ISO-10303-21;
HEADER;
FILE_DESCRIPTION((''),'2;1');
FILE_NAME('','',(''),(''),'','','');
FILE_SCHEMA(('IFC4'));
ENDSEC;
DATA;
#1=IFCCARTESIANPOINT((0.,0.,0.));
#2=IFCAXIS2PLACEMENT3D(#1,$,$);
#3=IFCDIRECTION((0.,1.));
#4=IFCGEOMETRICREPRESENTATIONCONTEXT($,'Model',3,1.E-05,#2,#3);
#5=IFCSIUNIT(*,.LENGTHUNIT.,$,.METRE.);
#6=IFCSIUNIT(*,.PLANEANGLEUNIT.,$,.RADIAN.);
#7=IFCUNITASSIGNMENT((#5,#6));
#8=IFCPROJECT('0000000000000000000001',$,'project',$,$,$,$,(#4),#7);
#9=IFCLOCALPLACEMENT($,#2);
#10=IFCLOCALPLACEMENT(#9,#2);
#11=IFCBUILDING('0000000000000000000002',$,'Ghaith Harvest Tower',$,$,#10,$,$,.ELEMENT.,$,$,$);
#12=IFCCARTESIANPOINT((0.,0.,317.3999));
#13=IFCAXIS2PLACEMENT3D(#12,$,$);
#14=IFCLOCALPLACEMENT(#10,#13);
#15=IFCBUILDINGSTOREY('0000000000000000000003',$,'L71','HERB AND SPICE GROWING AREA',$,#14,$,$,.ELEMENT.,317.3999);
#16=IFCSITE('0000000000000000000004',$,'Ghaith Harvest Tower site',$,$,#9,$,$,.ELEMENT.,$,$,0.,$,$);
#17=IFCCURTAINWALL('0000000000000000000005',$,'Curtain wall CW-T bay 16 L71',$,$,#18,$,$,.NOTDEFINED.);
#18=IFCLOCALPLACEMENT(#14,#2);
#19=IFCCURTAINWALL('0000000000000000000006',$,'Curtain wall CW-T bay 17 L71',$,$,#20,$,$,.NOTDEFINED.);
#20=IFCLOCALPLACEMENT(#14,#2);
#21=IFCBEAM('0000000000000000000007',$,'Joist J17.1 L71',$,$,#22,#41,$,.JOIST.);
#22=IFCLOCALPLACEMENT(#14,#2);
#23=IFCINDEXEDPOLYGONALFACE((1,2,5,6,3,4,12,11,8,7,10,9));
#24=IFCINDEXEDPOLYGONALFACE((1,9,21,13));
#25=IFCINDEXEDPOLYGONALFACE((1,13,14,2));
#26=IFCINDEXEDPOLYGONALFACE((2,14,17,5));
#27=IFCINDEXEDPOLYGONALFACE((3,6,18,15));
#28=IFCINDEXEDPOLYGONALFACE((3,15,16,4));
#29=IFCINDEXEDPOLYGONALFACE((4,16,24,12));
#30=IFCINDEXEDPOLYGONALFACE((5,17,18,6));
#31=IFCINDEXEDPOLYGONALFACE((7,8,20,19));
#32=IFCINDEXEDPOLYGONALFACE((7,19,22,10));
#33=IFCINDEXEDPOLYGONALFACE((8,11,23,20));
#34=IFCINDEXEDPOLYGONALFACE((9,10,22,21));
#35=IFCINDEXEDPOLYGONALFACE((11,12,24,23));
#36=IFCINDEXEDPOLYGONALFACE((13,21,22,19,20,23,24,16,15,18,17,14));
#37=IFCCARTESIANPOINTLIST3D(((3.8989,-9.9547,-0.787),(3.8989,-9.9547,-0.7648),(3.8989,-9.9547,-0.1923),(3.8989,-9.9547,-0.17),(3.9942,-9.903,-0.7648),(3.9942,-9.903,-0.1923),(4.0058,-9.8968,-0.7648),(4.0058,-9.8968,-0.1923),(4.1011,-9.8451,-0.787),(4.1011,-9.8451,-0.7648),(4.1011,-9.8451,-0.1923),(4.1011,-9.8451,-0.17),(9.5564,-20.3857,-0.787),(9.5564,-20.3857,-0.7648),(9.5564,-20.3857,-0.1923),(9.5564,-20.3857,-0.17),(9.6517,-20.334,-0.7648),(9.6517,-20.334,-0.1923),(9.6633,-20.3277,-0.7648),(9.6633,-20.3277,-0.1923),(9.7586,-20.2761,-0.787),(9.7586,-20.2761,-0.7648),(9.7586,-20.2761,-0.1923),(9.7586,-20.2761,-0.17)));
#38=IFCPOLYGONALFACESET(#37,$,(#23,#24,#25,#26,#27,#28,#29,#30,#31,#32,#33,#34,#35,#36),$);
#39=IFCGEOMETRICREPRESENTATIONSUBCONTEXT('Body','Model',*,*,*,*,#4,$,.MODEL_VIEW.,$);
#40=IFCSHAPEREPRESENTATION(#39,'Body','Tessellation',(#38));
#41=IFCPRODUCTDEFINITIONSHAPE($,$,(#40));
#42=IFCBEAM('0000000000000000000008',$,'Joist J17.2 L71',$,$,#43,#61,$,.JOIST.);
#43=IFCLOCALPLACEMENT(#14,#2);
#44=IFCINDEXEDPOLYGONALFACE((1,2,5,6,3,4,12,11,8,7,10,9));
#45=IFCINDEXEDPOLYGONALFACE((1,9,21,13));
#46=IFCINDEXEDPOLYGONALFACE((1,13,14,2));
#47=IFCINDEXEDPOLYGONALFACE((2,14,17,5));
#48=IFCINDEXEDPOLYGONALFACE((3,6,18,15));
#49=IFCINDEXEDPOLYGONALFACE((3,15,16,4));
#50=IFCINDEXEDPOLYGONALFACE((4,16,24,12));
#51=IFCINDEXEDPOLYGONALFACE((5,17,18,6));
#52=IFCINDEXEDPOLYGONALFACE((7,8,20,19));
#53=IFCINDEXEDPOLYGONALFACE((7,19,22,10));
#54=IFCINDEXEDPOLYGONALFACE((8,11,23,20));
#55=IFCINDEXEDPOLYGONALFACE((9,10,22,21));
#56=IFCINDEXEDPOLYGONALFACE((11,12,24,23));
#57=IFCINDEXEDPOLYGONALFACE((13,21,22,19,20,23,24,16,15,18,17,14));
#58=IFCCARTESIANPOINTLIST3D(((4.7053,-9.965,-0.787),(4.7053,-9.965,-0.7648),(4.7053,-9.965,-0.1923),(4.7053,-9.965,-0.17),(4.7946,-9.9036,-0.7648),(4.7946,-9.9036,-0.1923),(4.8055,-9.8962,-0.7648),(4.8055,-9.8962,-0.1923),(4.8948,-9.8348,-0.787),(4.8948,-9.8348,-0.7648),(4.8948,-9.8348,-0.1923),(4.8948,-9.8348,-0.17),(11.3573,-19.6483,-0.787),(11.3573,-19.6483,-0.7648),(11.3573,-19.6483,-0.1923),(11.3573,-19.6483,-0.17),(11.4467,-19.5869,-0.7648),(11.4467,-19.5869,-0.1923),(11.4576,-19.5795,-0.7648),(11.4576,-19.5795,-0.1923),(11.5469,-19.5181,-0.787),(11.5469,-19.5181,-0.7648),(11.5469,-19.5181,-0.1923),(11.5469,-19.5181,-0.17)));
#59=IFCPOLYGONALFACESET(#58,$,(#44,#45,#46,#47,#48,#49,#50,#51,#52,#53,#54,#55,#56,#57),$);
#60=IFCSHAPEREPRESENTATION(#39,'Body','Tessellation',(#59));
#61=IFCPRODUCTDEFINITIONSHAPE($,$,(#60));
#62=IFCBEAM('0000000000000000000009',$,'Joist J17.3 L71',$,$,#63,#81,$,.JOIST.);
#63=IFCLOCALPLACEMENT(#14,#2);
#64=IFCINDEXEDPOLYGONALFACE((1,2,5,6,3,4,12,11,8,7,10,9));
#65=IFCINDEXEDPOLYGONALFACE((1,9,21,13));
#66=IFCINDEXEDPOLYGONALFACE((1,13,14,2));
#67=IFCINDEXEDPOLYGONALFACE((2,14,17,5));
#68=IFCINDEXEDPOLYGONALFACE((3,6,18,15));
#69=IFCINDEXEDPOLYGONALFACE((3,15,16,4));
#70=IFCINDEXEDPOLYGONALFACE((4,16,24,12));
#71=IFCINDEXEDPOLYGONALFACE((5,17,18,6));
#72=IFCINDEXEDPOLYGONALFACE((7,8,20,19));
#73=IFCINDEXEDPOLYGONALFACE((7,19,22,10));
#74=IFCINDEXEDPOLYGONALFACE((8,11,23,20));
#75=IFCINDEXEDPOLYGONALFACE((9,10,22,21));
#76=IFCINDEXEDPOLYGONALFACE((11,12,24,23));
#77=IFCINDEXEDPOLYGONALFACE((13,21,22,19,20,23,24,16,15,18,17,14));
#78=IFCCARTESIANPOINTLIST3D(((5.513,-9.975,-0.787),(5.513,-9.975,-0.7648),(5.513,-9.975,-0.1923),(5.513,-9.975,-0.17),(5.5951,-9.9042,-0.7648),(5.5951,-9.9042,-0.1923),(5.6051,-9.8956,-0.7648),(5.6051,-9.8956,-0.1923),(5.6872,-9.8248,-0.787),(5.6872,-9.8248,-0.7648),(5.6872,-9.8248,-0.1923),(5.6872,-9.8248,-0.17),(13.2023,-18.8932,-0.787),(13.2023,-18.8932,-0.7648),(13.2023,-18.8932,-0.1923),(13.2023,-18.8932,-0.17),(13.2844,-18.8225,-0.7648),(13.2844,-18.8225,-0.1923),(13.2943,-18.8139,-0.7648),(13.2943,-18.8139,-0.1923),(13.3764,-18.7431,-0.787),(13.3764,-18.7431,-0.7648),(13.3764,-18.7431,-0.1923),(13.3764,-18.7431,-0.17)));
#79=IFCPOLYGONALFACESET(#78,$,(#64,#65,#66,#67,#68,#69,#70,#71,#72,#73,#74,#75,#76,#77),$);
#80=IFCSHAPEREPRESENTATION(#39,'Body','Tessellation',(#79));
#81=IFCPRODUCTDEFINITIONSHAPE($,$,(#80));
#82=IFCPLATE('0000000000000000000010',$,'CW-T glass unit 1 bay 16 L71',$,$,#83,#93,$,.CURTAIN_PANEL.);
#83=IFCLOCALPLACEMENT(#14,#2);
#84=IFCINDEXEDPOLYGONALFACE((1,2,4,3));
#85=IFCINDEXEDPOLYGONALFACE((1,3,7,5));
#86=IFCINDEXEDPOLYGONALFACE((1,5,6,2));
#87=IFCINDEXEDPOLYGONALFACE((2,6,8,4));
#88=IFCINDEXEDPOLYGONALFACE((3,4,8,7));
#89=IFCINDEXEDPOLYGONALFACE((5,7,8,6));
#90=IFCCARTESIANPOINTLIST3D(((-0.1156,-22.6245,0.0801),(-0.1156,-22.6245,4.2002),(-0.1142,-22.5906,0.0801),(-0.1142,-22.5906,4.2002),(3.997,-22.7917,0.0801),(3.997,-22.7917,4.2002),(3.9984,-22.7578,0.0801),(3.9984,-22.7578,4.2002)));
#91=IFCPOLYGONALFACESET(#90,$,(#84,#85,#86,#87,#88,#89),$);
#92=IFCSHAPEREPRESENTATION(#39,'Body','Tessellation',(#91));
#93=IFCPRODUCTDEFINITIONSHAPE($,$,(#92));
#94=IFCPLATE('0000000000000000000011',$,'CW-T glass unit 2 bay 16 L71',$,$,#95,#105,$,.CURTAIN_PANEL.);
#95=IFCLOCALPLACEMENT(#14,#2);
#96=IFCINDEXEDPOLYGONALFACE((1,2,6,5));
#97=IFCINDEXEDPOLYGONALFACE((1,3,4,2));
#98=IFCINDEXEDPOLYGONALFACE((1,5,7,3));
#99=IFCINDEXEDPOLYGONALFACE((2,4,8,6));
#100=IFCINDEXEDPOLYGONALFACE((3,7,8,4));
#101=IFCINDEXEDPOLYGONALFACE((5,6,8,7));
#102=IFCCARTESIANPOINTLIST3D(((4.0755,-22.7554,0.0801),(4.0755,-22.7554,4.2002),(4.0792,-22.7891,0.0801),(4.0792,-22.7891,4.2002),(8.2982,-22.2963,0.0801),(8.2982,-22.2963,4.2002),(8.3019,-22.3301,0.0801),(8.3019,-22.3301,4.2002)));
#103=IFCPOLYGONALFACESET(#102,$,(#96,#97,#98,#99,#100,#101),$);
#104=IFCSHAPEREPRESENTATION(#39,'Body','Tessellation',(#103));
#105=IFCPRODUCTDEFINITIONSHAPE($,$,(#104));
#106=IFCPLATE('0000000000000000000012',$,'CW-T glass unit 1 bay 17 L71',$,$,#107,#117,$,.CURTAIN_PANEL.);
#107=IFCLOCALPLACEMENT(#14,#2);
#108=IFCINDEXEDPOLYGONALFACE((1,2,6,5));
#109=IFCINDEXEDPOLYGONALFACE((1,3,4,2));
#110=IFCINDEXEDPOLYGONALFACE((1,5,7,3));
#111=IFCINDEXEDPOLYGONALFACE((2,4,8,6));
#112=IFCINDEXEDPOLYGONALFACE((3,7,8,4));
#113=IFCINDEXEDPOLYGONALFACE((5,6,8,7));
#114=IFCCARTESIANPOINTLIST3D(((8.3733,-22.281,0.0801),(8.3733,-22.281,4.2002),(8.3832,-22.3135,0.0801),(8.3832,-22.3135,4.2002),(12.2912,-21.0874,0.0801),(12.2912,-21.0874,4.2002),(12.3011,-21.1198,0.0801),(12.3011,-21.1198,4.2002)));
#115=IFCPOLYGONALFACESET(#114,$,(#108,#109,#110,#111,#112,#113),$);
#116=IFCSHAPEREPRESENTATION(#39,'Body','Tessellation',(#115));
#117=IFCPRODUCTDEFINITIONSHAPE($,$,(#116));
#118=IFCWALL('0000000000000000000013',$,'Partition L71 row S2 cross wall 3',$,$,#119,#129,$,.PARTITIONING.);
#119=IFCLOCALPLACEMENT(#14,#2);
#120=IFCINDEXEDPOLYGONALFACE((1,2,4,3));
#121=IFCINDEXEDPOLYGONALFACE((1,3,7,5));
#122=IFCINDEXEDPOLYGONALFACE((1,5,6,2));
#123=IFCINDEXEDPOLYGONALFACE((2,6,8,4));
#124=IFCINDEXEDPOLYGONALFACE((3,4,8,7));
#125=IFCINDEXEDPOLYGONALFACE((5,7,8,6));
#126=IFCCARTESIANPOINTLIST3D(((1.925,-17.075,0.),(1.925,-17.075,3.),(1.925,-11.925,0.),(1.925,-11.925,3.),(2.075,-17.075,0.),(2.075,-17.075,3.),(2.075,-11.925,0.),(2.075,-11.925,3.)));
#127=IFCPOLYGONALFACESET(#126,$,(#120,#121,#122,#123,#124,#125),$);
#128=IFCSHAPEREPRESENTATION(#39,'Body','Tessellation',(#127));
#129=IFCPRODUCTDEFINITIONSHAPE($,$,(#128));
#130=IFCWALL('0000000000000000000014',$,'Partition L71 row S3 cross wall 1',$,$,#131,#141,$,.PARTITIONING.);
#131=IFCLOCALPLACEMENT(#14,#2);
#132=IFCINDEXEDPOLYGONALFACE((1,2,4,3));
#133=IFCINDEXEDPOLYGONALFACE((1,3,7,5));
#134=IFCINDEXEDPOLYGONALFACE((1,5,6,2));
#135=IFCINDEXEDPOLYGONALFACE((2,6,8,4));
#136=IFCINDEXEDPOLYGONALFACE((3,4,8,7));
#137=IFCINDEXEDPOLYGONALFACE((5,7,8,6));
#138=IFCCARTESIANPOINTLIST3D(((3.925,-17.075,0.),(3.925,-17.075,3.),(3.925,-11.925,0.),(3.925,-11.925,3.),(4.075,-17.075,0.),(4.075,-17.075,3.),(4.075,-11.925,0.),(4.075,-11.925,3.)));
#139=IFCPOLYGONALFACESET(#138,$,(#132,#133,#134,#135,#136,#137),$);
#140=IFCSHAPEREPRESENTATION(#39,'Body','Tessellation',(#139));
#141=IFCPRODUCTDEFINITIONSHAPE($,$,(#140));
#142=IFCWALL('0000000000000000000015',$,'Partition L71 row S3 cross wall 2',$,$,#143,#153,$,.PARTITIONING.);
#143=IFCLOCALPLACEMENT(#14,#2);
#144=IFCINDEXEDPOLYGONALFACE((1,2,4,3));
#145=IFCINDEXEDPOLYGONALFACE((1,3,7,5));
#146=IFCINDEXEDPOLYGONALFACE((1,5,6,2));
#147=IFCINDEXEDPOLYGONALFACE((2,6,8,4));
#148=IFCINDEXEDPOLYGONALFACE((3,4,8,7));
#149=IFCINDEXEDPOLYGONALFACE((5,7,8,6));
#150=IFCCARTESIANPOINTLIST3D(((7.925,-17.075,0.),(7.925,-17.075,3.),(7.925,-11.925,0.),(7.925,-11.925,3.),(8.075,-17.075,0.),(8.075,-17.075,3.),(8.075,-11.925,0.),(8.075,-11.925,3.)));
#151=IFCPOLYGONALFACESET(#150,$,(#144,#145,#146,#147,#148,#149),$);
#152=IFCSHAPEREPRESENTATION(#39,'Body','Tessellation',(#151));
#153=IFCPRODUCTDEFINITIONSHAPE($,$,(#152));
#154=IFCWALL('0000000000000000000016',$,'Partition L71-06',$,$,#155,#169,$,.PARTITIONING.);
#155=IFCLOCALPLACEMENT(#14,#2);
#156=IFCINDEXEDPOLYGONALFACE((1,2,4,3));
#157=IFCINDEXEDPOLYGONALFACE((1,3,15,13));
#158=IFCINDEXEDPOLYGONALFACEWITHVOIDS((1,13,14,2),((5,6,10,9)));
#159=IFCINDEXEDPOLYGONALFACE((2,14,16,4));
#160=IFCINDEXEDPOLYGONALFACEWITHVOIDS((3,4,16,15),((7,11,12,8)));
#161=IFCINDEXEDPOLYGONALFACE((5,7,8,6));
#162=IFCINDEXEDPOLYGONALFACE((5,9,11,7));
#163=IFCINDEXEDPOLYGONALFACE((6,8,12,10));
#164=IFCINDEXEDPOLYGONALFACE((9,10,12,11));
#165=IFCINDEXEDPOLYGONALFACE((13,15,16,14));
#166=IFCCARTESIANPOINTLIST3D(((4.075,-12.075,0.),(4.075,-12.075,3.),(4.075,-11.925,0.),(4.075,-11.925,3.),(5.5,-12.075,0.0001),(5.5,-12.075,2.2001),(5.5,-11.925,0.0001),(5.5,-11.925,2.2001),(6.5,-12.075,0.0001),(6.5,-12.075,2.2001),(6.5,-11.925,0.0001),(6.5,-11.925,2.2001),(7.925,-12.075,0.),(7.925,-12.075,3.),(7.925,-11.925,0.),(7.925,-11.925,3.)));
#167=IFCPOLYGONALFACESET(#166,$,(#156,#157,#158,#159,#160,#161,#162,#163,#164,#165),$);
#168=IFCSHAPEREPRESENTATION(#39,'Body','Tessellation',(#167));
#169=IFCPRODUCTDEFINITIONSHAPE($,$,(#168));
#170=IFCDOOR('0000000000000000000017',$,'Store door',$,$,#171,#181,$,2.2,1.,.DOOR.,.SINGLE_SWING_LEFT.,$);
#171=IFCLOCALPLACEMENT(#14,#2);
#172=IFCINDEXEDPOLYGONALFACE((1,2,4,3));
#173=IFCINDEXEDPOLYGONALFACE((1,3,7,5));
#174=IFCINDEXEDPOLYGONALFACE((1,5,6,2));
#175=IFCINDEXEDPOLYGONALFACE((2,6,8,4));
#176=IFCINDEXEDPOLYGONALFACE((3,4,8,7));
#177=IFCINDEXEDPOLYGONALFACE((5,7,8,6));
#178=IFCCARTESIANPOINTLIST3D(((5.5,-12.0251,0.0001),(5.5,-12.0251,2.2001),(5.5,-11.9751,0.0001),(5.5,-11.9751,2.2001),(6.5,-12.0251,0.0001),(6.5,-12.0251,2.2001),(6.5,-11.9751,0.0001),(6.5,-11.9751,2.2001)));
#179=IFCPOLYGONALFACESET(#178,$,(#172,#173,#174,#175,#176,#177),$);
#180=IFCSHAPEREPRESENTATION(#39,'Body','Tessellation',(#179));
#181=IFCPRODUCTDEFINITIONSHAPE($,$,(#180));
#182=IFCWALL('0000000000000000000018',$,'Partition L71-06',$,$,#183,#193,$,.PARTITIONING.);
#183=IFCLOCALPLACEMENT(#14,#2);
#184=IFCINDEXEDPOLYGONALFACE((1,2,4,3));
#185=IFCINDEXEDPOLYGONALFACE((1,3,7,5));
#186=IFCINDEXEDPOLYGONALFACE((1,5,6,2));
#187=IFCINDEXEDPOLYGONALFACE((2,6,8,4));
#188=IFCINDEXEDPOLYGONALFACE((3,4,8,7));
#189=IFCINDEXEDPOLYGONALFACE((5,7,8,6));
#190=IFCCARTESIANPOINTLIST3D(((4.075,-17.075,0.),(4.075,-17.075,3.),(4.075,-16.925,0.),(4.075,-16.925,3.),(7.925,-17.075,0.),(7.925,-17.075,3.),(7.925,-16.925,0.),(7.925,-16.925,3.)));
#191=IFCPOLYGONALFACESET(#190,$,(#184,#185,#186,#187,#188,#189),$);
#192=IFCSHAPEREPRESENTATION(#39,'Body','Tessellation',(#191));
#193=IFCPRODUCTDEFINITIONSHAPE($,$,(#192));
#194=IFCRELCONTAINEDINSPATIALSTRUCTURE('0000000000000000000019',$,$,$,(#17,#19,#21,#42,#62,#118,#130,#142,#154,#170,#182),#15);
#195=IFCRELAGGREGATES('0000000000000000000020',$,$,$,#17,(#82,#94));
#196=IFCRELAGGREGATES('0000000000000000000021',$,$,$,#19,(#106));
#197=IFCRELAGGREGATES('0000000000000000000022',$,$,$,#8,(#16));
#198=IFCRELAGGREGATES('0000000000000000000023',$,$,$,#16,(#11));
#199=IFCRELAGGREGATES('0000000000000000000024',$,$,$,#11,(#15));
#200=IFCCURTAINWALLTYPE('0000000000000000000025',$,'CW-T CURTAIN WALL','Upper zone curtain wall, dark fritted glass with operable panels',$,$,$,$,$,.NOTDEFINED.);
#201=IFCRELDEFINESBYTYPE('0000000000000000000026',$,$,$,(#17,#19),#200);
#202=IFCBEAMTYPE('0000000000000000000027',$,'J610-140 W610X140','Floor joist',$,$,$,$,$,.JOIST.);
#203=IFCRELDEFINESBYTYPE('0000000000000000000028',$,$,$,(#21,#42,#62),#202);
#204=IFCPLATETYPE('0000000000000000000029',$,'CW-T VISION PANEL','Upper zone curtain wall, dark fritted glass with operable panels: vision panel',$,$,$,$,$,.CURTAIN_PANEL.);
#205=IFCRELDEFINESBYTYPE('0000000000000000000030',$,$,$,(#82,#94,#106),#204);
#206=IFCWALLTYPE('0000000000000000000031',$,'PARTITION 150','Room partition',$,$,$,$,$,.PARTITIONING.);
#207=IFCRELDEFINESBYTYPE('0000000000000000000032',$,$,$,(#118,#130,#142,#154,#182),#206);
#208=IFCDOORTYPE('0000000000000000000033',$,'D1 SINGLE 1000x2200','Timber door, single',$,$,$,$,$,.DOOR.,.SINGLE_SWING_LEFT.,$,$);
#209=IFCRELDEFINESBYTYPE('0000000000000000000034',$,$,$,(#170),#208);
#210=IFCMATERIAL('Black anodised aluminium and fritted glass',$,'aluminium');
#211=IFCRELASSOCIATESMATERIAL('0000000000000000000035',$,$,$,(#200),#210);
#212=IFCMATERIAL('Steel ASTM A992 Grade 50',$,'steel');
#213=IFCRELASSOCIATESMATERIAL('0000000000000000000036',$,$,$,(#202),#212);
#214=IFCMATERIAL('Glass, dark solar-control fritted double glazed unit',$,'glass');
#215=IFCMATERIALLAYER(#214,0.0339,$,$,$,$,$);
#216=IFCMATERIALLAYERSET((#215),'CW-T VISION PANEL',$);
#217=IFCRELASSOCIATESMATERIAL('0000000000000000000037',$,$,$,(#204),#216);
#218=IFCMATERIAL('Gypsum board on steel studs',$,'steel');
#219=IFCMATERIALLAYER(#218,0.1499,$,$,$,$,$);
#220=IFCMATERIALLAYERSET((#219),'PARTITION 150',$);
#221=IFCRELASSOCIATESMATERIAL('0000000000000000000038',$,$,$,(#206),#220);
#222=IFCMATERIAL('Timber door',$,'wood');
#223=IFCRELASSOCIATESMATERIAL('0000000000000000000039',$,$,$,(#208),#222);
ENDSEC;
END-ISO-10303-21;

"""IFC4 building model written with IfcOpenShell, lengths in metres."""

from ifc_helpers import new_model, si_unit, direction, frame, frame_2d, origin, origin_2d, place, context, subcontext, project, spatial, rectangle, i_section, extrude, material, layer, layer_set, material_profile, profile_set, type_object, element, fill, aggregate, save


model = new_model("IFC4")

# Units and contexts
model_context = context("Model", 3, precision=1e-05, world=origin(), true_north=direction((0.0, 1.0)))
body_context = subcontext(model_context, "Body", "Model", "MODEL_VIEW")
ifc_project = project(units=[si_unit("LENGTHUNIT", "METRE"), si_unit("PLANEANGLEUNIT", "RADIAN")], contexts=[model_context])

# Site, building, storey
site_placement = place(None, origin())
site = spatial("IfcSite", under=ifc_project, at=site_placement, Name="Ghaith Harvest Tower site", CompositionType="ELEMENT", RefElevation=0.0)
building_placement = place(site_placement, origin())
building = spatial("IfcBuilding", under=site, at=building_placement, Name="Ghaith Harvest Tower", CompositionType="ELEMENT")
storey_placement = place(building_placement, frame((0.0, 0.0, 317.3999)))
storey = spatial("IfcBuildingStorey", under=building, at=storey_placement, Name="L71", Description="HERB AND SPICE GROWING AREA", CompositionType="ELEMENT", Elevation=317.3999)

# Curtain walls
ifc_material_1 = material(Name="Black anodised aluminium and fritted glass", Category="aluminium")
curtain_wall_type = type_object("IfcCurtainWallType", Name="CW-T CURTAIN WALL", Description="Upper zone curtain wall, dark fritted glass with operable panels", PredefinedType="NOTDEFINED", material=ifc_material_1)
curtain_wall_1_placement = place(storey_placement, origin())
curtain_wall_1 = element("IfcCurtainWall", 1, at=curtain_wall_1_placement, inside=storey, type_object=curtain_wall_type, Name="Curtain wall CW-T bay 16 L71", PredefinedType="NOTDEFINED")
curtain_wall_2_placement = place(storey_placement, origin())
curtain_wall_2 = element("IfcCurtainWall", 2, at=curtain_wall_2_placement, inside=storey, type_object=curtain_wall_type, Name="Curtain wall CW-T bay 17 L71", PredefinedType="NOTDEFINED")

# Beams
ifc_material_2 = material(Name="Steel ASTM A992 Grade 50", Category="steel")
ifc_material_profile_1 = material_profile(ifc_material_2, i_section(OverallWidth=0.23, OverallDepth=0.6169, WebThickness=0.0132, FlangeThickness=0.0222, at=origin_2d()), Name="W610X140")
ifc_profile_set_1 = profile_set([ifc_material_profile_1], Name="Steel ASTM A992 Grade 50")
beam_type_1 = type_object("IfcBeamType", Name="J610-140 W610X140", Description="Floor joist", PredefinedType="JOIST", material=ifc_profile_set_1)
beam_1_placement = place(storey_placement, frame((4.0, -9.8999, -0.4785), z_axis=(0.476765, -0.879031, 0.0), x_axis=(0.879031, 0.476765, 0.0)))
element("IfcBeam", 3, at=beam_1_placement, inside=storey, type_object=beam_type_1, Name="Joist J17.1 L71", PredefinedType="JOIST", context=body_context, shape_type="SweptSolid", body=[
    extrude(i_section(OverallWidth=0.23, OverallDepth=0.6169, WebThickness=0.0132, FlangeThickness=0.0222, at=origin_2d()), origin(), (0.0, 0.0, 1.0), 11.8665),
])
beam_2_placement = place(storey_placement, frame((4.8, -9.8999, -0.4785), z_axis=(0.566228, -0.824249, 0.0), x_axis=(0.824249, 0.566228, 0.0)))
element("IfcBeam", 4, at=beam_2_placement, inside=storey, type_object=beam_type_1, Name="Joist J17.2 L71", PredefinedType="JOIST", context=body_context, shape_type="SweptSolid", body=[
    extrude(i_section(OverallWidth=0.23, OverallDepth=0.6169, WebThickness=0.0132, FlangeThickness=0.0222, at=origin_2d()), origin(), (0.0, 0.0, 1.0), 11.748),
])
beam_3_placement = place(storey_placement, frame((5.6001, -9.8999, -0.4785), z_axis=(0.652993, -0.757364, 0.0), x_axis=(0.757364, 0.652993, 0.0)))
element("IfcBeam", 5, at=beam_3_placement, inside=storey, type_object=beam_type_1, Name="Joist J17.3 L71", PredefinedType="JOIST", context=body_context, shape_type="SweptSolid", body=[
    extrude(i_section(OverallWidth=0.23, OverallDepth=0.6169, WebThickness=0.0132, FlangeThickness=0.0222, at=origin_2d()), origin(), (0.0, 0.0, 1.0), 11.7754),
])

# Plates
ifc_material_3 = material(Name="Glass, dark solar-control fritted double glazed unit", Category="glass")
ifc_layer_1 = layer(ifc_material_3, 0.0339)
ifc_layer_set_1 = layer_set([ifc_layer_1], Name="CW-T VISION PANEL")
plate_type = type_object("IfcPlateType", Name="CW-T VISION PANEL", Description="Upper zone curtain wall, dark fritted glass with operable panels: vision panel", PredefinedType="CURTAIN_PANEL", material=ifc_layer_set_1)
plate_1_placement = place(storey_placement, frame((1.9414, -22.6912, 0.0801), z_axis=(0.0, 0.0, 1.0), x_axis=(0.999174, -0.040638, 0.0)))
plate_1 = element("IfcPlate", 6, at=plate_1_placement, type_object=plate_type, Name="CW-T glass unit 1 bay 16 L71", PredefinedType="CURTAIN_PANEL", context=body_context, shape_type="SweptSolid", body=[
    extrude(rectangle(XDim=4.116, YDim=0.0339, at=origin_2d()), origin(), (0.0, 0.0, 1.0), 4.1201),
])
plate_2_placement = place(storey_placement, frame((6.1887, -22.5427, 0.0801), z_axis=(0.0, 0.0, 1.0), x_axis=(0.994143, 0.108074, 0.0)))
plate_2 = element("IfcPlate", 7, at=plate_2_placement, type_object=plate_type, Name="CW-T glass unit 2 bay 16 L71", PredefinedType="CURTAIN_PANEL", context=body_context, shape_type="SweptSolid", body=[
    extrude(rectangle(XDim=4.2476, YDim=0.0339, at=origin_2d()), origin(), (0.0, 0.0, 1.0), 4.1201),
])
aggregate(curtain_wall_1, [plate_1, plate_2])
plate_3_placement = place(storey_placement, frame((10.3372, -21.7004, 0.0801), z_axis=(0.0, 0.0, 1.0), x_axis=(0.956588, 0.291445, 0.0)))
plate_3 = element("IfcPlate", 8, at=plate_3_placement, type_object=plate_type, Name="CW-T glass unit 1 bay 17 L71", PredefinedType="CURTAIN_PANEL", context=body_context, shape_type="SweptSolid", body=[
    extrude(rectangle(XDim=4.0957, YDim=0.0339, at=origin_2d()), origin(), (0.0, 0.0, 1.0), 4.1201),
])
aggregate(curtain_wall_2, [plate_3])

# Walls
ifc_material_4 = material(Name="Gypsum board on steel studs", Category="steel")
ifc_layer_2 = layer(ifc_material_4, 0.1499)
ifc_layer_set_2 = layer_set([ifc_layer_2], Name="PARTITION 150")
wall_type = type_object("IfcWallType", Name="PARTITION 150", Description="Room partition", PredefinedType="PARTITIONING", material=ifc_layer_set_2)
for number, where, z_axis, x_axis, name in (
    (9, (2.0, -11.925, 0.0), (0.0, 0.0, 1.0), (0.0, -1.0, 0.0), "Partition L71 row S2 cross wall 3"),
    (10, (4.0, -11.925, 0.0), (0.0, 0.0, 1.0), (0.0, -1.0, 0.0), "Partition L71 row S3 cross wall 1"),
    (11, (8.0, -11.925, 0.0), (0.0, 0.0, 1.0), (0.0, -1.0, 0.0), "Partition L71 row S3 cross wall 2"),
):
    element("IfcWall", number, at=place(storey_placement, frame(where, z_axis=z_axis, x_axis=x_axis)), inside=storey, type_object=wall_type, Name=name, PredefinedType="PARTITIONING", context=body_context, shape_type="SweptSolid", body=[
        extrude(rectangle(XDim=5.1499, YDim=0.1499, at=frame_2d((2.575, 0.0))), origin(), (0.0, 0.0, 1.0), 3.0),
    ])

# Wall, opening, door
wall_1_placement = place(storey_placement, frame((4.075, -12.0, 0.0), z_axis=(0.0, 0.0, 1.0), x_axis=(1.0, 0.0, 0.0)))
wall_1 = element("IfcWall", 12, at=wall_1_placement, inside=storey, type_object=wall_type, Name="Partition L71-06", PredefinedType="PARTITIONING", context=body_context, shape_type="SweptSolid", body=[
    extrude(rectangle(XDim=3.8501, YDim=0.1499, at=frame_2d((1.925, 0.0))), origin(), (0.0, 0.0, 1.0), 3.0),
])
opening_1_placement = place(wall_1_placement, frame((1.425, 0.0, 0.0)))
opening_1 = element("IfcOpeningElement", 13, at=opening_1_placement, cuts=wall_1, PredefinedType="OPENING", context=body_context, shape_type="SweptSolid", body=[
    extrude(rectangle(XDim=1.0, YDim=2.2, at=frame_2d((0.5, 1.1001))), frame((0.0, 0.085, 0.0), z_axis=(0.0, -1.0, 0.0), x_axis=(1.0, 0.0, 0.0)), (0.0, 0.0, 1.0), 0.1699),
])
ifc_material_5 = material(Name="Timber door", Category="wood")
door_type_1 = type_object("IfcDoorType", Name="D1 SINGLE 1000x2200", Description="Timber door, single", OperationType="SINGLE_SWING_LEFT", PredefinedType="DOOR", material=ifc_material_5)
door_1_placement = place(opening_1_placement, origin())
door_1 = element("IfcDoor", 14, at=door_1_placement, inside=storey, type_object=door_type_1, Name="Store door", OperationType="SINGLE_SWING_LEFT", OverallHeight=2.2, OverallWidth=1.0, PredefinedType="DOOR", context=body_context, shape_type="SweptSolid", body=[
    extrude(rectangle(XDim=1.0, YDim=2.2, at=frame_2d((0.5, 1.1001))), frame((0.0, 0.0249, 0.0), z_axis=(0.0, -1.0, 0.0), x_axis=(1.0, 0.0, 0.0)), (0.0, 0.0, 1.0), 0.05),
])
fill(opening_1, door_1)

# Wall
wall_2_placement = place(storey_placement, frame((4.075, -17.0, 0.0), z_axis=(0.0, 0.0, 1.0), x_axis=(1.0, 0.0, 0.0)))
element("IfcWall", 15, at=wall_2_placement, inside=storey, type_object=wall_type, Name="Partition L71-06", PredefinedType="PARTITIONING", context=body_context, shape_type="SweptSolid", body=[
    extrude(rectangle(XDim=3.8501, YDim=0.1499, at=frame_2d((1.925, 0.0))), origin(), (0.0, 0.0, 1.0), 3.0),
])

save(model, "model.ifc")
